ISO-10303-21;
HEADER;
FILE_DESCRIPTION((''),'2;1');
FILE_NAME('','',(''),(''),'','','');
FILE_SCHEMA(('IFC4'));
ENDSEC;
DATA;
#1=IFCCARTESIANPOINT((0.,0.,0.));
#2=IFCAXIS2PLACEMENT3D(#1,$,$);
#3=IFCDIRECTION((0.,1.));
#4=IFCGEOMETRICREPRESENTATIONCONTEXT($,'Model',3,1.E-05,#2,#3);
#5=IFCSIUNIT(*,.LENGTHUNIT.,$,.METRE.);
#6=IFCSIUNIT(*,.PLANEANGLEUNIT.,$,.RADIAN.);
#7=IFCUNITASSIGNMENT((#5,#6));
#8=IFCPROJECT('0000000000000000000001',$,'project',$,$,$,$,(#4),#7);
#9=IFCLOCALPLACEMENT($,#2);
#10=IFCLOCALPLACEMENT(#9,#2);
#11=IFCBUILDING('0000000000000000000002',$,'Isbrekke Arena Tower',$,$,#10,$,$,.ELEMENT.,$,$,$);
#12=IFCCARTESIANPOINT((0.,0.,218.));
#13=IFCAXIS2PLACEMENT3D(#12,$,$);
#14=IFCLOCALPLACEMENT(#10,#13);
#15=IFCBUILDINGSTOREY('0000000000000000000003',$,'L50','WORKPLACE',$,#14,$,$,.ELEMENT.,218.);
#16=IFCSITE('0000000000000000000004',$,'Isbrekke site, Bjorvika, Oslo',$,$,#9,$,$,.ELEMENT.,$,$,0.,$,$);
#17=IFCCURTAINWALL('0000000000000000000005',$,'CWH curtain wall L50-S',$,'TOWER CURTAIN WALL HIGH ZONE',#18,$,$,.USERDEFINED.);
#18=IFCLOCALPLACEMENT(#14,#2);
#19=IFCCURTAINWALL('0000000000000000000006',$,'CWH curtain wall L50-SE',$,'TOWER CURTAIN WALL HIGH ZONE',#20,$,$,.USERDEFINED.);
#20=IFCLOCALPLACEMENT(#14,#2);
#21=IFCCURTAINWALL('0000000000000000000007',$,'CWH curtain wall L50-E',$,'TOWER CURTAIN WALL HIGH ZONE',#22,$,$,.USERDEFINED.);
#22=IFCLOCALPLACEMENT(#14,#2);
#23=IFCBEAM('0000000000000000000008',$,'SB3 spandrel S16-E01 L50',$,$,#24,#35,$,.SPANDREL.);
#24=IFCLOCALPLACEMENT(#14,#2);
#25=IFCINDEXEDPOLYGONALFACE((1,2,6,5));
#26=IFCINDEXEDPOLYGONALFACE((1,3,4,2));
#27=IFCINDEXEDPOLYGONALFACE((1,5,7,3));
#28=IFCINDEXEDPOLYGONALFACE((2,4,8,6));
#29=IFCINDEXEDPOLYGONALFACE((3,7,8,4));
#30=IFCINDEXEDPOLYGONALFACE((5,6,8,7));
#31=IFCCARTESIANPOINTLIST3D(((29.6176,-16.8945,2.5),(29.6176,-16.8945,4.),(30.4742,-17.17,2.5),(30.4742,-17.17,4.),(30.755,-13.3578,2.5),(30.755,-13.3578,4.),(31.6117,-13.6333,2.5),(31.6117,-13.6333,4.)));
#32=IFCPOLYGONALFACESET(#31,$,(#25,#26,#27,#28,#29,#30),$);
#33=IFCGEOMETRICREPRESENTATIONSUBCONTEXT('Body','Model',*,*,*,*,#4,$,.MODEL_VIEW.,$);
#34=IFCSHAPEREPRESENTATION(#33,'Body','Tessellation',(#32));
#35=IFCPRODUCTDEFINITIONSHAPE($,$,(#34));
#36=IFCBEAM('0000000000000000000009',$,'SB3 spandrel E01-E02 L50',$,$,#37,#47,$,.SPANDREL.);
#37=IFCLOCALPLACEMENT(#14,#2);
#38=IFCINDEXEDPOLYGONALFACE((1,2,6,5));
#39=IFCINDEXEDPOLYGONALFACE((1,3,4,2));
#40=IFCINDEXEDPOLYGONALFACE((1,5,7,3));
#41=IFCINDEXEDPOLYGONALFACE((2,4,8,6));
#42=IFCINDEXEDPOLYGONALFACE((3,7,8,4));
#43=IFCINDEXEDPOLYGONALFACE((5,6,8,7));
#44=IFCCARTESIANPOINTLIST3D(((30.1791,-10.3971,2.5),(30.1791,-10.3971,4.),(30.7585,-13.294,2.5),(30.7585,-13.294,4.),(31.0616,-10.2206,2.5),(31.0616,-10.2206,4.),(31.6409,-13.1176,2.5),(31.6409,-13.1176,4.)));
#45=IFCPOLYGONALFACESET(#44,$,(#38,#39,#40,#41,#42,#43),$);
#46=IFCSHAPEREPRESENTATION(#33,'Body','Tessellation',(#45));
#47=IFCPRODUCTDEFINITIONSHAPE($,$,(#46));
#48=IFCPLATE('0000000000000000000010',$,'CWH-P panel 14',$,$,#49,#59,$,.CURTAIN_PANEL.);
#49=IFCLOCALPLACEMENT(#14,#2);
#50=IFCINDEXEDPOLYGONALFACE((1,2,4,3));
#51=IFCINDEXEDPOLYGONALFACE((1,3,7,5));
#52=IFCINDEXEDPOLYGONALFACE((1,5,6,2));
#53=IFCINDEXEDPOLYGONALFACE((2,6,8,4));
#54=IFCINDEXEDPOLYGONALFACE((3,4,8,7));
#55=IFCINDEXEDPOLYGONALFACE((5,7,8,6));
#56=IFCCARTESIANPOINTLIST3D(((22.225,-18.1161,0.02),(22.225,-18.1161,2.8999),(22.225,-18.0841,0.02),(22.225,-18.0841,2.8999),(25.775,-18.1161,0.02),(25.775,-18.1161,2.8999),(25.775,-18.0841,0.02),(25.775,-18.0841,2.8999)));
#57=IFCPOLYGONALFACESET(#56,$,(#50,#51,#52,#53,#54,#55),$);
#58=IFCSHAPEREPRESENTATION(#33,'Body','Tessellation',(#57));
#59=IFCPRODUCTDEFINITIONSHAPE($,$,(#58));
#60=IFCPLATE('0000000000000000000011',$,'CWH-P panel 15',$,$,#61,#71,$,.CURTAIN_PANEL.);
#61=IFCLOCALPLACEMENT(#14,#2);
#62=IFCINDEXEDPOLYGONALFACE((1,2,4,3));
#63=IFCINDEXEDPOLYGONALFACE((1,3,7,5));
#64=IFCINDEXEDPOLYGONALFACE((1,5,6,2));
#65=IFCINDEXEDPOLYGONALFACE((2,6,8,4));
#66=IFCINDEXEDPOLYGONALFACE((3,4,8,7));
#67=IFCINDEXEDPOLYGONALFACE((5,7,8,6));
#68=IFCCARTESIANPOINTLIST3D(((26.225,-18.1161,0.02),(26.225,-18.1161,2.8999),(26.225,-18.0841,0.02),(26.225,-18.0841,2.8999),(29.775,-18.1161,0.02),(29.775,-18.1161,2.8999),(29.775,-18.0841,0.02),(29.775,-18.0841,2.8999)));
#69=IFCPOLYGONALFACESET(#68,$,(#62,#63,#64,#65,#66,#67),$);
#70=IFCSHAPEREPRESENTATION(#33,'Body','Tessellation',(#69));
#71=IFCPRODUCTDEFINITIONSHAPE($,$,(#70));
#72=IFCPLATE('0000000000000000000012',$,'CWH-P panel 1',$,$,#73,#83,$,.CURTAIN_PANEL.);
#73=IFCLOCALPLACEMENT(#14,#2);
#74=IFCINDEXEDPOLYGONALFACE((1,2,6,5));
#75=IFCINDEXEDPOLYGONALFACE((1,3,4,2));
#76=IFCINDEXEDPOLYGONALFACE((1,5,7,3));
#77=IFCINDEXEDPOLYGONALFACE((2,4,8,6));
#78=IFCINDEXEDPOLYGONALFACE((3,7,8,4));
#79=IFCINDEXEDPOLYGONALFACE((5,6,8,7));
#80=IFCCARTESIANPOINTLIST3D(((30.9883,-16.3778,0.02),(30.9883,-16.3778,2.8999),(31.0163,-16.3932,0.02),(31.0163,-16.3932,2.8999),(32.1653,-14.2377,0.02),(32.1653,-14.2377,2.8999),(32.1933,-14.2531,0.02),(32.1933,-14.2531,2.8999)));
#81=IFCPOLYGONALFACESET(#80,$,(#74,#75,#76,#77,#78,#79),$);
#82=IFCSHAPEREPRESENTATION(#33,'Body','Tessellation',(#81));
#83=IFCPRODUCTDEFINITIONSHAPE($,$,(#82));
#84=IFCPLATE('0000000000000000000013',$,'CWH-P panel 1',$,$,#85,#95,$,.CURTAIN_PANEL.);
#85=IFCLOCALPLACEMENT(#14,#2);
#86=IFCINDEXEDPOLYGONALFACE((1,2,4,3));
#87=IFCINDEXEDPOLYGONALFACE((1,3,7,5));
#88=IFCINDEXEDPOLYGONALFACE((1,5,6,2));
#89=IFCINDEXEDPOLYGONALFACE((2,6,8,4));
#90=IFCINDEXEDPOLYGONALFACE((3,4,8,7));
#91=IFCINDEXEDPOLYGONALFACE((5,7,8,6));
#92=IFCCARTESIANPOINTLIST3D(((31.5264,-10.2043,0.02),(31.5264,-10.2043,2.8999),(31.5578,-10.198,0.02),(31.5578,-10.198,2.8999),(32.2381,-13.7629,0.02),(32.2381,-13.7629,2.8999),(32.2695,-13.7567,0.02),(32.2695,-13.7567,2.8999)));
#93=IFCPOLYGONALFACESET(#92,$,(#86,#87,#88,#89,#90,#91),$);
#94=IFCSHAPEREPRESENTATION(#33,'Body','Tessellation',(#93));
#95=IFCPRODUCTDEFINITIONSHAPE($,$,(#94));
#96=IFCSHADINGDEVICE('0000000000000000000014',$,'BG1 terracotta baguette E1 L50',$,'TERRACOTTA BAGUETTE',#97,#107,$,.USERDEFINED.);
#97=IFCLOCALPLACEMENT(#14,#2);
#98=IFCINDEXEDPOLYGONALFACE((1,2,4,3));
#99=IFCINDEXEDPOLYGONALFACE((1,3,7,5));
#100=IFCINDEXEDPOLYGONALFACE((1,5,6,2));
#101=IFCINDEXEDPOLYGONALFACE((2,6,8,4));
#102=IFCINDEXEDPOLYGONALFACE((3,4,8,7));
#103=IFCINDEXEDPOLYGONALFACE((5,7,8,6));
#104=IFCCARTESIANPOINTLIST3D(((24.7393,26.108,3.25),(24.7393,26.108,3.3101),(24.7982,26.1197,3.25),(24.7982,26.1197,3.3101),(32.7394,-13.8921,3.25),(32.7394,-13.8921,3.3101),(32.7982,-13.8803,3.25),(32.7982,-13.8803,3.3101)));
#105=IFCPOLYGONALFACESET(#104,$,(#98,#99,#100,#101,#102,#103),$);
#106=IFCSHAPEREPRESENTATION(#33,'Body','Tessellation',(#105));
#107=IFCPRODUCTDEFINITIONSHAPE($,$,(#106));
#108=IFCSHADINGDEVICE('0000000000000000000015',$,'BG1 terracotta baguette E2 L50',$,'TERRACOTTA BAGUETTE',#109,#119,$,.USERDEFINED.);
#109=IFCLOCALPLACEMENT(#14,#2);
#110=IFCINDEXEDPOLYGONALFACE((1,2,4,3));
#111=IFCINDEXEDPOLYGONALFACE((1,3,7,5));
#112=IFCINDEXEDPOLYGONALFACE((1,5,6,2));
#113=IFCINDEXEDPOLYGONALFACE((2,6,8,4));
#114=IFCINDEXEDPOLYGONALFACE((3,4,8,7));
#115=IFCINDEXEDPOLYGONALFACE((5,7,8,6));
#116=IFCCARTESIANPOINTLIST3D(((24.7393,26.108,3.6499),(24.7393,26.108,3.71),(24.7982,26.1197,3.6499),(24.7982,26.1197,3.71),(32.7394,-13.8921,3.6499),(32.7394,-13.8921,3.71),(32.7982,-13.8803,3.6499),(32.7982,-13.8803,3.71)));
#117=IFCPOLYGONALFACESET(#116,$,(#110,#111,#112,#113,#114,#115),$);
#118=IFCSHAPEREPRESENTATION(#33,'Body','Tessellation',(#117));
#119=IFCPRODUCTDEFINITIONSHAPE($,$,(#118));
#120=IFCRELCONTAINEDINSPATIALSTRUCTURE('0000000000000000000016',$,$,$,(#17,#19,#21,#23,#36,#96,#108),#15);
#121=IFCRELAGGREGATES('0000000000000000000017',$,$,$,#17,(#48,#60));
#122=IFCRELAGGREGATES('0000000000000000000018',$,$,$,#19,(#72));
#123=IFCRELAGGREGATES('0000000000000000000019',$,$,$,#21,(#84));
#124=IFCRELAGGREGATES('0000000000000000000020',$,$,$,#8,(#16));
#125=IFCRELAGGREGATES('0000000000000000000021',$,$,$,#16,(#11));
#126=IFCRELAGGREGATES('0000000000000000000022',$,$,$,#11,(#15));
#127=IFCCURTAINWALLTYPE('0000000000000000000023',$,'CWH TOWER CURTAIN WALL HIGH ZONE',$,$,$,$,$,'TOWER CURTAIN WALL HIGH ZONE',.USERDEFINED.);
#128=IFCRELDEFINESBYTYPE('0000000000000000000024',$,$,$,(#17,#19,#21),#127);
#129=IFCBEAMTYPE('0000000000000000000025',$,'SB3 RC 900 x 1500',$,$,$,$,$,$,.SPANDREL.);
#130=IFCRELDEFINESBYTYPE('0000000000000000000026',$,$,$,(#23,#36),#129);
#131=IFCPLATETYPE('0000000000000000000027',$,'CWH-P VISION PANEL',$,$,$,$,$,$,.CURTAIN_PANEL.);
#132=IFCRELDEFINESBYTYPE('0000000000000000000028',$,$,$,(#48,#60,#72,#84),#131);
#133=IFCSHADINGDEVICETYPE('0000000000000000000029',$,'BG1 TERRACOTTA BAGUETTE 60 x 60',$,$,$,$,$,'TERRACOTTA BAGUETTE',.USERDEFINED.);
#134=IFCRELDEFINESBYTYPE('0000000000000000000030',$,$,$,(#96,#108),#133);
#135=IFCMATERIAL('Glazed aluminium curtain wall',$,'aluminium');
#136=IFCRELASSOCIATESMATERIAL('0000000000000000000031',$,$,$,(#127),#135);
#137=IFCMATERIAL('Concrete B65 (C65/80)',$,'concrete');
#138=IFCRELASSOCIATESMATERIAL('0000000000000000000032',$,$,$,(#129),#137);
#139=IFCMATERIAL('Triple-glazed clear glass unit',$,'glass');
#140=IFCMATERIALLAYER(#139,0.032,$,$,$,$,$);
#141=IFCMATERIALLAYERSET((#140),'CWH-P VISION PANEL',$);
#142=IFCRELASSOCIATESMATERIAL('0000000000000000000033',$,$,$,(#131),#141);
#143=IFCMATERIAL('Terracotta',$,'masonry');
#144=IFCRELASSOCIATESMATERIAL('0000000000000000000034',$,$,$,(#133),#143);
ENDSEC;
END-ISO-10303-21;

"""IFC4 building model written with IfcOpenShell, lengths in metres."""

from ifc_helpers import new_model, si_unit, direction, frame, origin, origin_2d, place, context, subcontext, project, spatial, rectangle, extrude, material, layer, layer_set, material_profile, profile_set, type_object, element, aggregate, save


model = new_model("IFC4")

# Units and contexts
model_context = context("Model", 3, precision=1e-05, world=origin(), true_north=direction((0.0, 1.0)))
body_context = subcontext(model_context, "Body", "Model", "MODEL_VIEW")
ifc_project = project(units=[si_unit("LENGTHUNIT", "METRE"), si_unit("PLANEANGLEUNIT", "RADIAN")], contexts=[model_context])

# Site, building, storey
site_placement = place(None, origin())
site = spatial("IfcSite", under=ifc_project, at=site_placement, Name="Isbrekke site, Bjorvika, Oslo", CompositionType="ELEMENT", RefElevation=0.0)
building_placement = place(site_placement, origin())
building = spatial("IfcBuilding", under=site, at=building_placement, Name="Isbrekke Arena Tower", CompositionType="ELEMENT")
storey_placement = place(building_placement, frame((0.0, 0.0, 218.0)))
storey = spatial("IfcBuildingStorey", under=building, at=storey_placement, Name="L50", Description="WORKPLACE", CompositionType="ELEMENT", Elevation=218.0)

# Curtain walls
ifc_material_1 = material(Name="Glazed aluminium curtain wall", Category="aluminium")
curtain_wall_type = type_object("IfcCurtainWallType", Name="CWH TOWER CURTAIN WALL HIGH ZONE", ElementType="TOWER CURTAIN WALL HIGH ZONE", PredefinedType="USERDEFINED", material=ifc_material_1)
curtain_wall_1_placement = place(storey_placement, origin())
curtain_wall_1 = element("IfcCurtainWall", 1, at=curtain_wall_1_placement, inside=storey, type_object=curtain_wall_type, Name="CWH curtain wall L50-S", ObjectType="TOWER CURTAIN WALL HIGH ZONE", PredefinedType="USERDEFINED")
curtain_wall_2_placement = place(storey_placement, origin())
curtain_wall_2 = element("IfcCurtainWall", 2, at=curtain_wall_2_placement, inside=storey, type_object=curtain_wall_type, Name="CWH curtain wall L50-SE", ObjectType="TOWER CURTAIN WALL HIGH ZONE", PredefinedType="USERDEFINED")

# Curtain wall
curtain_wall_3_placement = place(storey_placement, origin())
curtain_wall_3 = element("IfcCurtainWall", 3, at=curtain_wall_3_placement, inside=storey, type_object=curtain_wall_type, Name="CWH curtain wall L50-E", ObjectType="TOWER CURTAIN WALL HIGH ZONE", PredefinedType="USERDEFINED")

# Beams
ifc_material_2 = material(Name="Concrete B65 (C65/80)", Category="concrete")
ifc_material_profile_1 = material_profile(ifc_material_2, rectangle(XDim=0.8999, YDim=1.5, at=origin_2d()), Name="RC 900x1500")
ifc_profile_set_1 = profile_set([ifc_material_profile_1], Name="Concrete B65 (C65/80)")
beam_type_1 = type_object("IfcBeamType", Name="SB3 RC 900 x 1500", PredefinedType="SPANDREL", material=ifc_profile_set_1)
beam_1_placement = place(storey_placement, frame((30.0459, -17.0322, 3.25), z_axis=(0.306175, 0.951975, 0.0), x_axis=(-0.951975, 0.306175, 0.0)))
element("IfcBeam", 4, at=beam_1_placement, inside=storey, type_object=beam_type_1, Name="SB3 spandrel S16-E01 L50", PredefinedType="SPANDREL", context=body_context, shape_type="SweptSolid", body=[
    extrude(rectangle(XDim=0.8999, YDim=1.5, at=origin_2d()), origin(), (0.0, 0.0, 1.0), 3.7151),
])
beam_2_placement = place(storey_placement, frame((31.1997, -13.2058, 3.25), z_axis=(-0.1961, 0.980584, 0.0), x_axis=(-0.980584, -0.1961, 0.0)))
element("IfcBeam", 5, at=beam_2_placement, inside=storey, type_object=beam_type_1, Name="SB3 spandrel E01-E02 L50", PredefinedType="SPANDREL", context=body_context, shape_type="SweptSolid", body=[
    extrude(rectangle(XDim=0.8999, YDim=1.5, at=origin_2d()), origin(), (0.0, 0.0, 1.0), 2.9543),
])

# Plates
ifc_material_3 = material(Name="Triple-glazed clear glass unit", Category="glass")
ifc_layer = layer(ifc_material_3, 0.032)
ifc_layer_set = layer_set([ifc_layer], Name="CWH-P VISION PANEL")
plate_type = type_object("IfcPlateType", Name="CWH-P VISION PANEL", PredefinedType="CURTAIN_PANEL", material=ifc_layer_set)
plate_1_placement = place(storey_placement, frame((24.0, -18.1001, 0.02), z_axis=(0.0, 0.0, 1.0), x_axis=(1.0, 0.0, 0.0)))
plate_1 = element("IfcPlate", 6, at=plate_1_placement, type_object=plate_type, Name="CWH-P panel 14", PredefinedType="CURTAIN_PANEL", context=body_context, shape_type="SweptSolid", body=[
    extrude(rectangle(XDim=3.55, YDim=0.032, at=origin_2d()), origin(), (0.0, 0.0, 1.0), 2.8799),
])
plate_2_placement = place(storey_placement, frame((28.0, -18.1001, 0.02), z_axis=(0.0, 0.0, 1.0), x_axis=(1.0, 0.0, 0.0)))
plate_2 = element("IfcPlate", 7, at=plate_2_placement, type_object=plate_type, Name="CWH-P panel 15", PredefinedType="CURTAIN_PANEL", context=body_context, shape_type="SweptSolid", body=[
    extrude(rectangle(XDim=3.55, YDim=0.032, at=origin_2d()), origin(), (0.0, 0.0, 1.0), 2.8799),
])
aggregate(curtain_wall_1, [plate_1, plate_2])
plate_3_placement = place(storey_placement, frame((31.5908, -15.3154, 0.02), z_axis=(0.0, 0.0, 1.0), x_axis=(0.481919, 0.876216, 0.0)))
plate_3 = element("IfcPlate", 8, at=plate_3_placement, type_object=plate_type, Name="CWH-P panel 1", PredefinedType="CURTAIN_PANEL", context=body_context, shape_type="SweptSolid", body=[
    extrude(rectangle(XDim=2.4424, YDim=0.032, at=origin_2d()), origin(), (0.0, 0.0, 1.0), 2.8799),
])
aggregate(curtain_wall_2, [plate_3])
plate_4_placement = place(storey_placement, frame((31.8979, -11.9805, 0.02), z_axis=(0.0, 0.0, 1.0), x_axis=(-0.196116, 0.980581, 0.0)))
plate_4 = element("IfcPlate", 9, at=plate_4_placement, type_object=plate_type, Name="CWH-P panel 1", PredefinedType="CURTAIN_PANEL", context=body_context, shape_type="SweptSolid", body=[
    extrude(rectangle(XDim=3.6292, YDim=0.032, at=origin_2d()), origin(), (0.0, 0.0, 1.0), 2.8799),
])
aggregate(curtain_wall_3, [plate_4])

# Shading devices
ifc_material_4 = material(Name="Terracotta", Category="masonry")
ifc_material_profile_2 = material_profile(ifc_material_4, rectangle(XDim=0.0601, YDim=0.0601, at=origin_2d()), Name="BAGUETTE 60X60")
ifc_profile_set_2 = profile_set([ifc_material_profile_2], Name="Terracotta")
shading_device_type = type_object("IfcShadingDeviceType", Name="BG1 TERRACOTTA BAGUETTE 60 x 60", ElementType="TERRACOTTA BAGUETTE", PredefinedType="USERDEFINED", material=ifc_profile_set_2)
for number, where, z_axis, x_axis, name in (
    (10, (32.7688, -13.8862, 3.28), (-0.196116, 0.980581, 0.0), (-0.980581, -0.196116, 0.0), "BG1 terracotta baguette E1 L50"),
    (11, (32.7688, -13.8862, 3.6799), (-0.196116, 0.980581, 0.0), (-0.980581, -0.196116, 0.0), "BG1 terracotta baguette E2 L50"),
):
    element("IfcShadingDevice", number, at=place(storey_placement, frame(where, z_axis=z_axis, x_axis=x_axis)), inside=storey, type_object=shading_device_type, Name=name, ObjectType="TERRACOTTA BAGUETTE", PredefinedType="USERDEFINED", context=body_context, shape_type="SweptSolid", body=[
        extrude(rectangle(XDim=0.0601, YDim=0.0601, at=origin_2d()), origin(), (0.0, 0.0, 1.0), 40.7922),
    ])

save(model, "model.ifc")
